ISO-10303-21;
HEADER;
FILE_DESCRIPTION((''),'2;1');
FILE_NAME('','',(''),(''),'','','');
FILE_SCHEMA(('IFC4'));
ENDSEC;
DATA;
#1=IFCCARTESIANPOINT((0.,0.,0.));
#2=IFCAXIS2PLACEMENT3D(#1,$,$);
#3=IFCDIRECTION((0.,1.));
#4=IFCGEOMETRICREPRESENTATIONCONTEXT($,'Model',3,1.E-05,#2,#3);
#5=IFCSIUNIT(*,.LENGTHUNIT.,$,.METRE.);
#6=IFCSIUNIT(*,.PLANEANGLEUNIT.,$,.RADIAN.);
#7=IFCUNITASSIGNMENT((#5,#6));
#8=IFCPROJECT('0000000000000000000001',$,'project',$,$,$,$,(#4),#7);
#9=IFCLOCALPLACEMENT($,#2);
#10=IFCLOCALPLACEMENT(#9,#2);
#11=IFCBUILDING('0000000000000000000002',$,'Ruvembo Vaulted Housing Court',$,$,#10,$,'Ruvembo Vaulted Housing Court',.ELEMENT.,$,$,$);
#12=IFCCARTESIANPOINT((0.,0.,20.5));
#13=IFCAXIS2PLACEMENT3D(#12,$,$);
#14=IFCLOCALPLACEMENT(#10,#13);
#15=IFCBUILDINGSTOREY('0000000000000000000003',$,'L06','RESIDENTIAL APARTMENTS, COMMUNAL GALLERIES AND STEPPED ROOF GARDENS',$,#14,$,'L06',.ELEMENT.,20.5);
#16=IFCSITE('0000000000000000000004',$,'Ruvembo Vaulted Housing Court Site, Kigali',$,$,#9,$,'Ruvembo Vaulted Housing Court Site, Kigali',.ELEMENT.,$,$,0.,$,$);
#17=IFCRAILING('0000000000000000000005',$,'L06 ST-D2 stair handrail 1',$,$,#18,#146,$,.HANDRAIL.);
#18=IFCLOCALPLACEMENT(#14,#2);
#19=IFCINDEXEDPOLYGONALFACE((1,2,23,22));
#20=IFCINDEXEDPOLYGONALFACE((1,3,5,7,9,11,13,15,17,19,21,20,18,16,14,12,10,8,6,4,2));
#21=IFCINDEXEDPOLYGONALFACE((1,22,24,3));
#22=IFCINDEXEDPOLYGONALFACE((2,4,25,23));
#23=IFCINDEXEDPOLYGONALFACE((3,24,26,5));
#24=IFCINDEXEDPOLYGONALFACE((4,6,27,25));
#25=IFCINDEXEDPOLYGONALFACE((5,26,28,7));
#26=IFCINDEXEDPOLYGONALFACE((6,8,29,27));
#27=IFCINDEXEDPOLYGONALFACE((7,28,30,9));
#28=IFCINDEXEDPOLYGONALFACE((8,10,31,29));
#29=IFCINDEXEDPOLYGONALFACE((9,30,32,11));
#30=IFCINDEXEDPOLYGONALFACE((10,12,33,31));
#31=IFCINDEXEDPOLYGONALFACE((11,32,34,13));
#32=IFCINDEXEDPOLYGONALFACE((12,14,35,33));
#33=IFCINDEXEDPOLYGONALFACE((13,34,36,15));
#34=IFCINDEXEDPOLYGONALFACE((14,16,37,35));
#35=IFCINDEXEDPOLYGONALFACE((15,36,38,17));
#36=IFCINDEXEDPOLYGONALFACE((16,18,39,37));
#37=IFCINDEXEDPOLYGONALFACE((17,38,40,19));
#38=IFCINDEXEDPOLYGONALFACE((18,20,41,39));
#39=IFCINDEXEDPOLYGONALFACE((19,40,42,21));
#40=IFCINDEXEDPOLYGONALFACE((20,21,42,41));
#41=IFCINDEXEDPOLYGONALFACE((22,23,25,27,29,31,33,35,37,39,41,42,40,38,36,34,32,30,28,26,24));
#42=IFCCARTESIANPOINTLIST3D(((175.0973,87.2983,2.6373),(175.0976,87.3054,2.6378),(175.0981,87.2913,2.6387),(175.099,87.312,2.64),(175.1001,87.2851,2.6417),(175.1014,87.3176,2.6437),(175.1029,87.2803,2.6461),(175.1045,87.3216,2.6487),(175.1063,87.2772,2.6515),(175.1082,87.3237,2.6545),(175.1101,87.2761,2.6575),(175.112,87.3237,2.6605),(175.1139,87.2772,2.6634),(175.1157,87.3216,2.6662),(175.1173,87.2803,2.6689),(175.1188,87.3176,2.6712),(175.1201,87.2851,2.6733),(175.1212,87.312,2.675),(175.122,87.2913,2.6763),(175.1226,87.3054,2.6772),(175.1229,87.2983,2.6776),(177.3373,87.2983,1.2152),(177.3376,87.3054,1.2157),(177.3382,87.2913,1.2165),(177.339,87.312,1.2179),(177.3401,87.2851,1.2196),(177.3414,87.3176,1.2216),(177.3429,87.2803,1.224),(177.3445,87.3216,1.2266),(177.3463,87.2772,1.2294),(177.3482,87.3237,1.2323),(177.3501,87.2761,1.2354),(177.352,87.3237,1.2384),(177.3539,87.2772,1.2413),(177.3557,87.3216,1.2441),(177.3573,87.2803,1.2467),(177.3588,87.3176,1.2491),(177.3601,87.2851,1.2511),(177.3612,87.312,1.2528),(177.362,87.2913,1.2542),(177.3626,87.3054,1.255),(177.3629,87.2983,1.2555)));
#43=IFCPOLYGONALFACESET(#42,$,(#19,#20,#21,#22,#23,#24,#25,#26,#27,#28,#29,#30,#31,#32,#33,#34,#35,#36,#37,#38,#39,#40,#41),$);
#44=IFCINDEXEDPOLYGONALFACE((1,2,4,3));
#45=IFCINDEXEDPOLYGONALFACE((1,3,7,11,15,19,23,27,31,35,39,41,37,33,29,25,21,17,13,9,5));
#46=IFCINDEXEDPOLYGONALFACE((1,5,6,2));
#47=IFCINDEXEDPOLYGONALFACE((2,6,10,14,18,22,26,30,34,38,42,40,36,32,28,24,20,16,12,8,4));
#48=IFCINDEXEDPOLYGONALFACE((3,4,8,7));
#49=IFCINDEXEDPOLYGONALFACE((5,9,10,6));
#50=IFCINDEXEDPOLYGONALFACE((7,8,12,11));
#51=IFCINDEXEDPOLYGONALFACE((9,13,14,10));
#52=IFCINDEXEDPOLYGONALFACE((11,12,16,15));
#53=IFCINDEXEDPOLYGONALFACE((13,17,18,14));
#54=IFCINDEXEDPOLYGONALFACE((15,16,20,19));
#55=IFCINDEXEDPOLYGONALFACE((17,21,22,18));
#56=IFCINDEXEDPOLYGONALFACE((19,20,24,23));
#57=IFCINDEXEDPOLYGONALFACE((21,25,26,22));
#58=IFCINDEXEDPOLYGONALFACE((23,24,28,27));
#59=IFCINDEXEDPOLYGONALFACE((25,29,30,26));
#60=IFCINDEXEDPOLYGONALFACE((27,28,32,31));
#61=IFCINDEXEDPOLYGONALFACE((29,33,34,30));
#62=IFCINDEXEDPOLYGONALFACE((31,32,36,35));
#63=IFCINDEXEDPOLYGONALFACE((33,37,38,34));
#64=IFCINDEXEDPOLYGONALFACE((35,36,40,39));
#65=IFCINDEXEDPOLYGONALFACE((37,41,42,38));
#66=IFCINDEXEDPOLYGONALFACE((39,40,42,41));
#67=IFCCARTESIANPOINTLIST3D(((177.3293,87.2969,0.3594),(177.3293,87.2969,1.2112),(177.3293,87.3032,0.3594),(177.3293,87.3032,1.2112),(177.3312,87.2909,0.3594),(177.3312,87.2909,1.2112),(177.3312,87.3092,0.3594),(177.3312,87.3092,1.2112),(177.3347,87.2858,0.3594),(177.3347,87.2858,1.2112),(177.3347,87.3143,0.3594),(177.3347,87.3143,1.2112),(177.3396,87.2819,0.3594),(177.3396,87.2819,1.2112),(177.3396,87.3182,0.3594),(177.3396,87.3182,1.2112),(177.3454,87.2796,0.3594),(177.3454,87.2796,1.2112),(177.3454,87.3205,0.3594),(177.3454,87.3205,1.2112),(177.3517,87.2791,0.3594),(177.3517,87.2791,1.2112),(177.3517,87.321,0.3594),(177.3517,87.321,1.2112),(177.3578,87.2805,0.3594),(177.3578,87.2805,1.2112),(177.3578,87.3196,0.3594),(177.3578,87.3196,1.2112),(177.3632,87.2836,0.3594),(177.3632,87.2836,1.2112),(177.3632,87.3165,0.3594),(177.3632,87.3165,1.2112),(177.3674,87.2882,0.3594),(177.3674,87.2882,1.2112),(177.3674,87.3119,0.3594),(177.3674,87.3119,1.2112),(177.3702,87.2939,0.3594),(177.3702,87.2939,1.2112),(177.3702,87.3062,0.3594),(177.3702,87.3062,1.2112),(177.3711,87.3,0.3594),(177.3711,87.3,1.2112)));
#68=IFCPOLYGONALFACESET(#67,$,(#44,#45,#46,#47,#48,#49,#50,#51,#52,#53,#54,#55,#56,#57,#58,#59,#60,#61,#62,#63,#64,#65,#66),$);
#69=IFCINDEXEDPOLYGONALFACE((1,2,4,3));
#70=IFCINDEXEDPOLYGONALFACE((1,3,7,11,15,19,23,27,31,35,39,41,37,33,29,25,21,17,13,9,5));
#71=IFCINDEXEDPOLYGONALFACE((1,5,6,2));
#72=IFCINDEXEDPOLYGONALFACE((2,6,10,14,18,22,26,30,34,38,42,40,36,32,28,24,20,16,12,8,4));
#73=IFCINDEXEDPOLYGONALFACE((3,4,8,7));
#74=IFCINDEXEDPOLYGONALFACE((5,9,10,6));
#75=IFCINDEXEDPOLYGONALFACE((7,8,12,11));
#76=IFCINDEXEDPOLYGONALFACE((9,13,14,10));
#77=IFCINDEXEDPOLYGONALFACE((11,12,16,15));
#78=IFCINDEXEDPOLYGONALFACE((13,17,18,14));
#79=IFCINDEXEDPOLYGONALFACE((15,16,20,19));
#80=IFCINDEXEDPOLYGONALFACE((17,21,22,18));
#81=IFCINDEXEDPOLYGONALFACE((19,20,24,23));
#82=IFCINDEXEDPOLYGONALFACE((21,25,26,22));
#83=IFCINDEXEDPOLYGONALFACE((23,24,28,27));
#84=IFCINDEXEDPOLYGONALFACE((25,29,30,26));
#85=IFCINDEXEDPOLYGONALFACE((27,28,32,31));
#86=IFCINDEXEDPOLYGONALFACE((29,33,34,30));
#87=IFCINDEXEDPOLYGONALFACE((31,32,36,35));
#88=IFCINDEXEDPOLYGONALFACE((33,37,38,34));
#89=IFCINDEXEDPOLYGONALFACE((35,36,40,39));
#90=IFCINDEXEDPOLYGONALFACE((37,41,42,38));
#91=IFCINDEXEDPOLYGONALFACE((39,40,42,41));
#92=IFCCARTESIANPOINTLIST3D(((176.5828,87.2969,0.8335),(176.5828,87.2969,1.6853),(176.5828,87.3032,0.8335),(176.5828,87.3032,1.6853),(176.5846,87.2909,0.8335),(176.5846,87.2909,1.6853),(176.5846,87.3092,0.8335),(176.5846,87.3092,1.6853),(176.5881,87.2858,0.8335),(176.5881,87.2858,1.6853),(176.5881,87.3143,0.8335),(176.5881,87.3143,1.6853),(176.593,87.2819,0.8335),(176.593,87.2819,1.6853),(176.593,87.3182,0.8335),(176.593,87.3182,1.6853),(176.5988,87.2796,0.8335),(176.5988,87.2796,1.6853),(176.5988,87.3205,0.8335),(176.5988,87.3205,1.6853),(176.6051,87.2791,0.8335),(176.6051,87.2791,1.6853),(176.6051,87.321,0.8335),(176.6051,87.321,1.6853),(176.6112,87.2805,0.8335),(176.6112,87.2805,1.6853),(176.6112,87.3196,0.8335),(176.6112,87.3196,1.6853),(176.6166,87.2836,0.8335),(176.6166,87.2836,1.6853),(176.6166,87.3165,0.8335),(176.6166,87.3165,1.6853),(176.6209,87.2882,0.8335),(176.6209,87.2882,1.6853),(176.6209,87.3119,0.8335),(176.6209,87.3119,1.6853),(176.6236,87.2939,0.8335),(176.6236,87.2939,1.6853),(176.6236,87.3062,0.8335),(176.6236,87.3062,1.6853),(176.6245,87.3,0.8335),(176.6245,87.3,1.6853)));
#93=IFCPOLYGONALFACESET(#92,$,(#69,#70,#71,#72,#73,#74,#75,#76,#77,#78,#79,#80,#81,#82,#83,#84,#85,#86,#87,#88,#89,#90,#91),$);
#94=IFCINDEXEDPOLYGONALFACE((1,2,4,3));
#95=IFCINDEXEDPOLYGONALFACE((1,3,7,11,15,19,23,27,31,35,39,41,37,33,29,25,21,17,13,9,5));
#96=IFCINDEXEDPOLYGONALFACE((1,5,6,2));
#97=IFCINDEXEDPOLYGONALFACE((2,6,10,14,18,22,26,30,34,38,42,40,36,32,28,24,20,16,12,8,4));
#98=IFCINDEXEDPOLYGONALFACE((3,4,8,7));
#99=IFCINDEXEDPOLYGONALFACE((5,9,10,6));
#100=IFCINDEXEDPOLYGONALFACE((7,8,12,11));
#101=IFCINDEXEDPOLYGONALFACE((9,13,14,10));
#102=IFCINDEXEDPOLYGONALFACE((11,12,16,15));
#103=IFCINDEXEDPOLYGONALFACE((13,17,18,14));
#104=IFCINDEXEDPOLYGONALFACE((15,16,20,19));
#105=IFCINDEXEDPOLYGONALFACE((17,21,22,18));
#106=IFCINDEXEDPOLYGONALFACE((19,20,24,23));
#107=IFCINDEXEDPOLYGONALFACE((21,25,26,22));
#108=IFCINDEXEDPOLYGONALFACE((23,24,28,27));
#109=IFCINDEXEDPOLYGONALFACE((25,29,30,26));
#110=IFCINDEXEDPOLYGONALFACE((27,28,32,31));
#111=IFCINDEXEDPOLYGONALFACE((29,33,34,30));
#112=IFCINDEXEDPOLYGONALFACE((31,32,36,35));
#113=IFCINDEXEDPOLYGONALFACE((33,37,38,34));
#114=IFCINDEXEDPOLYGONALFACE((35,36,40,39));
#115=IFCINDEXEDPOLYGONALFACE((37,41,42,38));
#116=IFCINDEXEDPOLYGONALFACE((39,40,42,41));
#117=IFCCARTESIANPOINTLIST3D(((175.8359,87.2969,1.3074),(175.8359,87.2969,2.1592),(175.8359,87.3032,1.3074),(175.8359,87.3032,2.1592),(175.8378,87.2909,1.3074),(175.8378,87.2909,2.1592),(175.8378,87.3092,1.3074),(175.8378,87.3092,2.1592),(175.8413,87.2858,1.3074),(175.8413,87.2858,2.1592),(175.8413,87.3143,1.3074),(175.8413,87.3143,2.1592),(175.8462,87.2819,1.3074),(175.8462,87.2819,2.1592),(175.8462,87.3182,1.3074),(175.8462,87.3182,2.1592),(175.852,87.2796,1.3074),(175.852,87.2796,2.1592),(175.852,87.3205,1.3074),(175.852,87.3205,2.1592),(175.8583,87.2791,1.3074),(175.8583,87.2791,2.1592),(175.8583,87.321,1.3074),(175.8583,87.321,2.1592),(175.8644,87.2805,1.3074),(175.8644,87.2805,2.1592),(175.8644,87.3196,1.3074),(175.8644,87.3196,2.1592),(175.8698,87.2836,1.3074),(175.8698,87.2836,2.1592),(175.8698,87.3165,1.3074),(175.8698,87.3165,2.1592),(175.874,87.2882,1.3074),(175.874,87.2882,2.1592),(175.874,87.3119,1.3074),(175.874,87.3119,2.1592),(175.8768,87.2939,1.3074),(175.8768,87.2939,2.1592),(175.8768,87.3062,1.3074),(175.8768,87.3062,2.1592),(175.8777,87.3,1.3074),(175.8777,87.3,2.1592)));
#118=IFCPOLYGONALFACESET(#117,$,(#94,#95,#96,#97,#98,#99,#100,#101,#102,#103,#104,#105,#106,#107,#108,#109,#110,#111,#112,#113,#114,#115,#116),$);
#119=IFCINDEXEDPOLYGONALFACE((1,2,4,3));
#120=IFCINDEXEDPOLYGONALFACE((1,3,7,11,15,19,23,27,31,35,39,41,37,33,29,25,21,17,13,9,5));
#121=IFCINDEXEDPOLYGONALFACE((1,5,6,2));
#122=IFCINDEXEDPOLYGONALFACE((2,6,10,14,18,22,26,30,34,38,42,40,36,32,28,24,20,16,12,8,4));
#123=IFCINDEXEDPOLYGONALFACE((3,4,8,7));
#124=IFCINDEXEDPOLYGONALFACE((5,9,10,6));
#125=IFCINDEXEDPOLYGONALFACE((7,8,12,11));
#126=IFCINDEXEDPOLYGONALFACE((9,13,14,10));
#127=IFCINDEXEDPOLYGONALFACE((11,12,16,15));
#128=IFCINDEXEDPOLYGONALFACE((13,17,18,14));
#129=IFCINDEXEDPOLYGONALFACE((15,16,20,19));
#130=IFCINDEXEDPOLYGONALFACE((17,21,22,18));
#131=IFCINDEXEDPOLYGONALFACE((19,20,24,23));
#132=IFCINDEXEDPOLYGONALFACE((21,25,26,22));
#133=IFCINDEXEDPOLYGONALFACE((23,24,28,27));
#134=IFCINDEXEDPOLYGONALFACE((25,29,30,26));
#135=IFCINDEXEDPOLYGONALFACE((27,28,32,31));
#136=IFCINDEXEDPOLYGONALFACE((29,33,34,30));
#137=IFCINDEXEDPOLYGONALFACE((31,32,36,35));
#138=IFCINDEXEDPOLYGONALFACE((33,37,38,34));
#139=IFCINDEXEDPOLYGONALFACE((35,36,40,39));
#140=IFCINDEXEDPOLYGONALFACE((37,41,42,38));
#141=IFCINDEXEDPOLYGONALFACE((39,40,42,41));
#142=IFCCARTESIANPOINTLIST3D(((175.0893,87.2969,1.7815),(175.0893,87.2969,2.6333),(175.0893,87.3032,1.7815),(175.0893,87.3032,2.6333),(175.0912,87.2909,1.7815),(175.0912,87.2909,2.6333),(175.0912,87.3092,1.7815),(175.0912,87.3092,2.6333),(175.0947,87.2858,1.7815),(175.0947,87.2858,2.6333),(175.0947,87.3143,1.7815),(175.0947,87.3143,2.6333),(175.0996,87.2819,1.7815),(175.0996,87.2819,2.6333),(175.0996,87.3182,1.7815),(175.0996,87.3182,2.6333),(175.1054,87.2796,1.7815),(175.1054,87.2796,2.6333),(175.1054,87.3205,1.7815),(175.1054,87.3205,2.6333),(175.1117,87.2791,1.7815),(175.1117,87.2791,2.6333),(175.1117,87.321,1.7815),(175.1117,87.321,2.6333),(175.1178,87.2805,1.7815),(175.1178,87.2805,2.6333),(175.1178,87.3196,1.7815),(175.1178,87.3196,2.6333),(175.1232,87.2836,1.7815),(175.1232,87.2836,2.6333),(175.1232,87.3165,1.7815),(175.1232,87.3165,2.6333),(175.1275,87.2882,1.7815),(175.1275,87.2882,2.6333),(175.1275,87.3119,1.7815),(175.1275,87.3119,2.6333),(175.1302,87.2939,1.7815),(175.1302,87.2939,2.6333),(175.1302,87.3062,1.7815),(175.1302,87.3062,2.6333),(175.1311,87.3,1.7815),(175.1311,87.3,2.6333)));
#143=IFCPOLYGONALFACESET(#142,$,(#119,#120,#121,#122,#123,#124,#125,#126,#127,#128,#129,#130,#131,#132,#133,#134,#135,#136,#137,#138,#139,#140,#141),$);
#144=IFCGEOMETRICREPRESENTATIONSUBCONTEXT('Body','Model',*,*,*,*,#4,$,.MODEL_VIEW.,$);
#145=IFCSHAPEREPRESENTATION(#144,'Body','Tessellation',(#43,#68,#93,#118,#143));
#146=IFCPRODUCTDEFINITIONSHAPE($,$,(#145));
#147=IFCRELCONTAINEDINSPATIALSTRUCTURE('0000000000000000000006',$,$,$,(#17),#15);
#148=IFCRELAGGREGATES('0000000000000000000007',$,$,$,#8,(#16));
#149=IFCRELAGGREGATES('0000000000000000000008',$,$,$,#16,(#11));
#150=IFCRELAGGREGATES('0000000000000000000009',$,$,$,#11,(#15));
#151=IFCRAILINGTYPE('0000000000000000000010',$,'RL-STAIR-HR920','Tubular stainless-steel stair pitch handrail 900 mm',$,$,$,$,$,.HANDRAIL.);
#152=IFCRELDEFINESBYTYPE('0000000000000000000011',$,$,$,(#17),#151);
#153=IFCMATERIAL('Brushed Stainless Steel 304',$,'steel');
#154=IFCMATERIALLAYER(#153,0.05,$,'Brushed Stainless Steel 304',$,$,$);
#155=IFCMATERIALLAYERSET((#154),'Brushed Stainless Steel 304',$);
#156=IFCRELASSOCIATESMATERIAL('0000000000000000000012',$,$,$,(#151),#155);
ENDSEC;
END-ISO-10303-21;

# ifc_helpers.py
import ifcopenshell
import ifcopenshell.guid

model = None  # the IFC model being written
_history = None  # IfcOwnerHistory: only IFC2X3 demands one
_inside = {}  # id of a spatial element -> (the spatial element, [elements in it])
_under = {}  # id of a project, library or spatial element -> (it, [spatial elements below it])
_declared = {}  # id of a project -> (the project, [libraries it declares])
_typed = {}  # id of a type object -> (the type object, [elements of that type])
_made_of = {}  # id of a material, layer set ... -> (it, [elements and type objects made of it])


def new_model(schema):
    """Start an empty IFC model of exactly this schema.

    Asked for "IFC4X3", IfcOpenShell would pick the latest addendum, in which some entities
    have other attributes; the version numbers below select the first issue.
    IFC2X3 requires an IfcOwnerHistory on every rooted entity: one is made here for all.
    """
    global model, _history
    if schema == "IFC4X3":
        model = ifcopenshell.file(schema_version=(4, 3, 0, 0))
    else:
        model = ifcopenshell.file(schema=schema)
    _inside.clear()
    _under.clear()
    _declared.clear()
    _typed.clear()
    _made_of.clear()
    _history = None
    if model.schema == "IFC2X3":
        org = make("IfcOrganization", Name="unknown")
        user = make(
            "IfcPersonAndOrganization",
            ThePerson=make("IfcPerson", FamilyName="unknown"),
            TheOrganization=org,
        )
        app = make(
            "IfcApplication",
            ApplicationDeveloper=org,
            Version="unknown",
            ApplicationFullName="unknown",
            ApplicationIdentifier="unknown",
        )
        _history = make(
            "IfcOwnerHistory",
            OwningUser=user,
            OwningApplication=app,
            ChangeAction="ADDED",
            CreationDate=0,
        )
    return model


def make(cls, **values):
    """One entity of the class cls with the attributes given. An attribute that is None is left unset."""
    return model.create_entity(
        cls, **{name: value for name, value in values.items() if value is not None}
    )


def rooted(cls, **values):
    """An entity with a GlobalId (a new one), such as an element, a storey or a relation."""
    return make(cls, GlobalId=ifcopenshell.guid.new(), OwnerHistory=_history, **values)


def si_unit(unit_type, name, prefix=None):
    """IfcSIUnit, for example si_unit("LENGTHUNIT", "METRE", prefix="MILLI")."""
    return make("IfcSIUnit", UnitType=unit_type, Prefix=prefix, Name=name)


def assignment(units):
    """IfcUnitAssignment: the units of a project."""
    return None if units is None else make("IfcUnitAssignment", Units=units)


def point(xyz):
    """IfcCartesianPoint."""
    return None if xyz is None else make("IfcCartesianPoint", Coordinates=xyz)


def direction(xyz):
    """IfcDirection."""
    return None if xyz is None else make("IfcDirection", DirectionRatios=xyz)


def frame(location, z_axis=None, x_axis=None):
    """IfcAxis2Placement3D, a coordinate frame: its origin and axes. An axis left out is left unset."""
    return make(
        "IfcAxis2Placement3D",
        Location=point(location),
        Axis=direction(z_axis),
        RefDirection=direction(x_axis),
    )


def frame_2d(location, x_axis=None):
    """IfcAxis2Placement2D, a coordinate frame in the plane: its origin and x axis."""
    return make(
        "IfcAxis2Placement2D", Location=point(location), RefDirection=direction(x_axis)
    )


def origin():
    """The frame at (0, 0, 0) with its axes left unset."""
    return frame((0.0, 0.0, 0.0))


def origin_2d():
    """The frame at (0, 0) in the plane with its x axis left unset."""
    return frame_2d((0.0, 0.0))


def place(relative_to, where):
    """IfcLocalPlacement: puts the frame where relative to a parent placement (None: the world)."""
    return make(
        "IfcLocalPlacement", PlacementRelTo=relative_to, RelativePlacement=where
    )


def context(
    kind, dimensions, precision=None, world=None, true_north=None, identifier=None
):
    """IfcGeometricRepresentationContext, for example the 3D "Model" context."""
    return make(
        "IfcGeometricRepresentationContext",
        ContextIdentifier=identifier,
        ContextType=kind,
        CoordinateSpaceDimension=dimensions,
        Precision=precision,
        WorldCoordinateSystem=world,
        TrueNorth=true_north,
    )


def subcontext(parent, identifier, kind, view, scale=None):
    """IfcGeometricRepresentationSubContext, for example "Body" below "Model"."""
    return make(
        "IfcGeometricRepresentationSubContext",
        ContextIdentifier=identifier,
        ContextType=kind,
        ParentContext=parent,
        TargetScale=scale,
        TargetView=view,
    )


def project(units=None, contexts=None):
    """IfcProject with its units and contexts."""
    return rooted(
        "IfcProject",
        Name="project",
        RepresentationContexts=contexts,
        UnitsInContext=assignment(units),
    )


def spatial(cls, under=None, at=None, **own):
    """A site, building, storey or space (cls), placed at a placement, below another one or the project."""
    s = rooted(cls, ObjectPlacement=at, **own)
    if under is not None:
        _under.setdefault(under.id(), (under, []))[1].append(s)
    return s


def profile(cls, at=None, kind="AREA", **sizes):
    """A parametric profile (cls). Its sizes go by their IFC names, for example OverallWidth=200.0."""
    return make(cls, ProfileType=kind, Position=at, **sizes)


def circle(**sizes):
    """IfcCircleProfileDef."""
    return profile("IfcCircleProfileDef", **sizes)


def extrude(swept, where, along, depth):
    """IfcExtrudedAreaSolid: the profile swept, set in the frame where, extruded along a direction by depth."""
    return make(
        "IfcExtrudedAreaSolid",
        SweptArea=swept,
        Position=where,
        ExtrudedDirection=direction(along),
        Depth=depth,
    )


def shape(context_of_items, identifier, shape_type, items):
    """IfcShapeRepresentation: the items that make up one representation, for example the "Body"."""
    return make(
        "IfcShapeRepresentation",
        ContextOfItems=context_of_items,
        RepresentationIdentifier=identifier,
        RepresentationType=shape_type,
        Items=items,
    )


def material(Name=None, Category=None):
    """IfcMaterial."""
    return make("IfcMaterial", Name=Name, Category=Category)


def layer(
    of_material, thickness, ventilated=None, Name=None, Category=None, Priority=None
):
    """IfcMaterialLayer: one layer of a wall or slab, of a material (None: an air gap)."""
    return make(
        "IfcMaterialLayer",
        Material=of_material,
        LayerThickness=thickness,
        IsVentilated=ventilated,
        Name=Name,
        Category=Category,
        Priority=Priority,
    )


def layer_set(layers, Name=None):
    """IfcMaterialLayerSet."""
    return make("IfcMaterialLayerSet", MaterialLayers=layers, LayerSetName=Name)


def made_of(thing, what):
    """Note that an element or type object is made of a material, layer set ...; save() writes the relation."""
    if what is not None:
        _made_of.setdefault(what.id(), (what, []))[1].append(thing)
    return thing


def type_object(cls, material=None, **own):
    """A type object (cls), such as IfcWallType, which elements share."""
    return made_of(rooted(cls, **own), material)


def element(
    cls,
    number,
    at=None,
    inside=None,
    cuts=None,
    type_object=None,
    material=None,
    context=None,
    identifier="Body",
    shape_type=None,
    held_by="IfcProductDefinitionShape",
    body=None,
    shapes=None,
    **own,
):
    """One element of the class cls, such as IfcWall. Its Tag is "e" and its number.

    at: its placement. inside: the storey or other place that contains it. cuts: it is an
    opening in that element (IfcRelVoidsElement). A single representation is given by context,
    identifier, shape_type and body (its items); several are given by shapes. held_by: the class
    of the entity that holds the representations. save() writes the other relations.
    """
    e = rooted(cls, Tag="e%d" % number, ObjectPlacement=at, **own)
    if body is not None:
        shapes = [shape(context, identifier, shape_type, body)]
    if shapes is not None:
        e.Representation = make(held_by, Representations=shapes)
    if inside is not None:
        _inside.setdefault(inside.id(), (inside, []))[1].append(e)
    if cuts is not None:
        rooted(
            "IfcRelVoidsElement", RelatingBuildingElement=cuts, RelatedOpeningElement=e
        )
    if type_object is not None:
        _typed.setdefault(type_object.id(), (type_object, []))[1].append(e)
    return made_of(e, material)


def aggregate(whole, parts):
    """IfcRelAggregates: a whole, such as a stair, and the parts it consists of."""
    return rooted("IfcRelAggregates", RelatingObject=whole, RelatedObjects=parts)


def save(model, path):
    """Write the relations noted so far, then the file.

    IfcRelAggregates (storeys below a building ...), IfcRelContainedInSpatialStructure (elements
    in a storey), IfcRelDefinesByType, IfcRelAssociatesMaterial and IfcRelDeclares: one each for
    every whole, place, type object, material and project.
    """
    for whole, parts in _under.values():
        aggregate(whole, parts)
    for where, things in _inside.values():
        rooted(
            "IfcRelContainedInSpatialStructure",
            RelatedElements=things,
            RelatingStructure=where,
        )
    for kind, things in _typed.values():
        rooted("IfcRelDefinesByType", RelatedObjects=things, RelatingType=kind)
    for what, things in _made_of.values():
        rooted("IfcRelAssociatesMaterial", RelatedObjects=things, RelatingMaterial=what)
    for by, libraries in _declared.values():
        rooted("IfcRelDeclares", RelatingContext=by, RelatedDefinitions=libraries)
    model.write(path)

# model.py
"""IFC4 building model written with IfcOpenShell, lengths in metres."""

from ifc_helpers import new_model, si_unit, direction, frame, origin, origin_2d, place, context, subcontext, project, spatial, circle, extrude, material, layer, layer_set, type_object, element, save


model = new_model("IFC4")

# Units and contexts
model_context = context("Model", 3, precision=1e-05, world=origin(), true_north=direction((0.0, 1.0)))
body_context = subcontext(model_context, "Body", "Model", "MODEL_VIEW")
ifc_project = project(units=[si_unit("LENGTHUNIT", "METRE"), si_unit("PLANEANGLEUNIT", "RADIAN")], contexts=[model_context])

# Site, building, storey
site_placement = place(None, origin())
site = spatial("IfcSite", under=ifc_project, at=site_placement, Name="Ruvembo Vaulted Housing Court Site, Kigali", LongName="Ruvembo Vaulted Housing Court Site, Kigali", CompositionType="ELEMENT", RefElevation=0.0)
building_placement = place(site_placement, origin())
building = spatial("IfcBuilding", under=site, at=building_placement, Name="Ruvembo Vaulted Housing Court", LongName="Ruvembo Vaulted Housing Court", CompositionType="ELEMENT")
storey_placement = place(building_placement, frame((0.0, 0.0, 20.5)))
storey = spatial("IfcBuildingStorey", under=building, at=storey_placement, Name="L06", Description="RESIDENTIAL APARTMENTS, COMMUNAL GALLERIES AND STEPPED ROOF GARDENS", LongName="L06", CompositionType="ELEMENT", Elevation=20.5)

# Railing
ifc_material_1 = material(Name="Brushed Stainless Steel 304", Category="steel")
ifc_layer_1 = layer(ifc_material_1, 0.05, Name="Brushed Stainless Steel 304")
ifc_layer_set_1 = layer_set([ifc_layer_1], Name="Brushed Stainless Steel 304")
railing_type_1 = type_object("IfcRailingType", Name="RL-STAIR-HR920", Description="Tubular stainless-steel stair pitch handrail 900 mm", PredefinedType="HANDRAIL", material=ifc_layer_set_1)
railing_1_placement = place(storey_placement, frame((177.3501, 87.3, 0.3594)))
element("IfcRailing", 1, at=railing_1_placement, inside=storey, type_object=railing_type_1, Name="L06 ST-D2 stair handrail 1", PredefinedType="HANDRAIL", context=body_context, shape_type="SweptSolid", body=[
    extrude(circle(Radius=0.0239, at=origin_2d()), frame((0.0, 0.0, 0.876), z_axis=(-0.844229, 0.0, 0.535982), x_axis=(0.0, -1.0, 0.0)), (0.0, 0.0, 1.0), 2.6533),
    extrude(circle(Radius=0.021, at=origin_2d()), origin(), (0.0, 0.0, 1.0), 0.8518),
    extrude(circle(Radius=0.021, at=origin_2d()), frame((-0.7466, 0.0, 0.4741)), (0.0, 0.0, 1.0), 0.8518),
    extrude(circle(Radius=0.021, at=origin_2d()), frame((-1.4934, 0.0, 0.948)), (0.0, 0.0, 1.0), 0.8518),
    extrude(circle(Radius=0.021, at=origin_2d()), frame((-2.24, 0.0, 1.4221)), (0.0, 0.0, 1.0), 0.8518),
])

save(model, "model.ifc")
